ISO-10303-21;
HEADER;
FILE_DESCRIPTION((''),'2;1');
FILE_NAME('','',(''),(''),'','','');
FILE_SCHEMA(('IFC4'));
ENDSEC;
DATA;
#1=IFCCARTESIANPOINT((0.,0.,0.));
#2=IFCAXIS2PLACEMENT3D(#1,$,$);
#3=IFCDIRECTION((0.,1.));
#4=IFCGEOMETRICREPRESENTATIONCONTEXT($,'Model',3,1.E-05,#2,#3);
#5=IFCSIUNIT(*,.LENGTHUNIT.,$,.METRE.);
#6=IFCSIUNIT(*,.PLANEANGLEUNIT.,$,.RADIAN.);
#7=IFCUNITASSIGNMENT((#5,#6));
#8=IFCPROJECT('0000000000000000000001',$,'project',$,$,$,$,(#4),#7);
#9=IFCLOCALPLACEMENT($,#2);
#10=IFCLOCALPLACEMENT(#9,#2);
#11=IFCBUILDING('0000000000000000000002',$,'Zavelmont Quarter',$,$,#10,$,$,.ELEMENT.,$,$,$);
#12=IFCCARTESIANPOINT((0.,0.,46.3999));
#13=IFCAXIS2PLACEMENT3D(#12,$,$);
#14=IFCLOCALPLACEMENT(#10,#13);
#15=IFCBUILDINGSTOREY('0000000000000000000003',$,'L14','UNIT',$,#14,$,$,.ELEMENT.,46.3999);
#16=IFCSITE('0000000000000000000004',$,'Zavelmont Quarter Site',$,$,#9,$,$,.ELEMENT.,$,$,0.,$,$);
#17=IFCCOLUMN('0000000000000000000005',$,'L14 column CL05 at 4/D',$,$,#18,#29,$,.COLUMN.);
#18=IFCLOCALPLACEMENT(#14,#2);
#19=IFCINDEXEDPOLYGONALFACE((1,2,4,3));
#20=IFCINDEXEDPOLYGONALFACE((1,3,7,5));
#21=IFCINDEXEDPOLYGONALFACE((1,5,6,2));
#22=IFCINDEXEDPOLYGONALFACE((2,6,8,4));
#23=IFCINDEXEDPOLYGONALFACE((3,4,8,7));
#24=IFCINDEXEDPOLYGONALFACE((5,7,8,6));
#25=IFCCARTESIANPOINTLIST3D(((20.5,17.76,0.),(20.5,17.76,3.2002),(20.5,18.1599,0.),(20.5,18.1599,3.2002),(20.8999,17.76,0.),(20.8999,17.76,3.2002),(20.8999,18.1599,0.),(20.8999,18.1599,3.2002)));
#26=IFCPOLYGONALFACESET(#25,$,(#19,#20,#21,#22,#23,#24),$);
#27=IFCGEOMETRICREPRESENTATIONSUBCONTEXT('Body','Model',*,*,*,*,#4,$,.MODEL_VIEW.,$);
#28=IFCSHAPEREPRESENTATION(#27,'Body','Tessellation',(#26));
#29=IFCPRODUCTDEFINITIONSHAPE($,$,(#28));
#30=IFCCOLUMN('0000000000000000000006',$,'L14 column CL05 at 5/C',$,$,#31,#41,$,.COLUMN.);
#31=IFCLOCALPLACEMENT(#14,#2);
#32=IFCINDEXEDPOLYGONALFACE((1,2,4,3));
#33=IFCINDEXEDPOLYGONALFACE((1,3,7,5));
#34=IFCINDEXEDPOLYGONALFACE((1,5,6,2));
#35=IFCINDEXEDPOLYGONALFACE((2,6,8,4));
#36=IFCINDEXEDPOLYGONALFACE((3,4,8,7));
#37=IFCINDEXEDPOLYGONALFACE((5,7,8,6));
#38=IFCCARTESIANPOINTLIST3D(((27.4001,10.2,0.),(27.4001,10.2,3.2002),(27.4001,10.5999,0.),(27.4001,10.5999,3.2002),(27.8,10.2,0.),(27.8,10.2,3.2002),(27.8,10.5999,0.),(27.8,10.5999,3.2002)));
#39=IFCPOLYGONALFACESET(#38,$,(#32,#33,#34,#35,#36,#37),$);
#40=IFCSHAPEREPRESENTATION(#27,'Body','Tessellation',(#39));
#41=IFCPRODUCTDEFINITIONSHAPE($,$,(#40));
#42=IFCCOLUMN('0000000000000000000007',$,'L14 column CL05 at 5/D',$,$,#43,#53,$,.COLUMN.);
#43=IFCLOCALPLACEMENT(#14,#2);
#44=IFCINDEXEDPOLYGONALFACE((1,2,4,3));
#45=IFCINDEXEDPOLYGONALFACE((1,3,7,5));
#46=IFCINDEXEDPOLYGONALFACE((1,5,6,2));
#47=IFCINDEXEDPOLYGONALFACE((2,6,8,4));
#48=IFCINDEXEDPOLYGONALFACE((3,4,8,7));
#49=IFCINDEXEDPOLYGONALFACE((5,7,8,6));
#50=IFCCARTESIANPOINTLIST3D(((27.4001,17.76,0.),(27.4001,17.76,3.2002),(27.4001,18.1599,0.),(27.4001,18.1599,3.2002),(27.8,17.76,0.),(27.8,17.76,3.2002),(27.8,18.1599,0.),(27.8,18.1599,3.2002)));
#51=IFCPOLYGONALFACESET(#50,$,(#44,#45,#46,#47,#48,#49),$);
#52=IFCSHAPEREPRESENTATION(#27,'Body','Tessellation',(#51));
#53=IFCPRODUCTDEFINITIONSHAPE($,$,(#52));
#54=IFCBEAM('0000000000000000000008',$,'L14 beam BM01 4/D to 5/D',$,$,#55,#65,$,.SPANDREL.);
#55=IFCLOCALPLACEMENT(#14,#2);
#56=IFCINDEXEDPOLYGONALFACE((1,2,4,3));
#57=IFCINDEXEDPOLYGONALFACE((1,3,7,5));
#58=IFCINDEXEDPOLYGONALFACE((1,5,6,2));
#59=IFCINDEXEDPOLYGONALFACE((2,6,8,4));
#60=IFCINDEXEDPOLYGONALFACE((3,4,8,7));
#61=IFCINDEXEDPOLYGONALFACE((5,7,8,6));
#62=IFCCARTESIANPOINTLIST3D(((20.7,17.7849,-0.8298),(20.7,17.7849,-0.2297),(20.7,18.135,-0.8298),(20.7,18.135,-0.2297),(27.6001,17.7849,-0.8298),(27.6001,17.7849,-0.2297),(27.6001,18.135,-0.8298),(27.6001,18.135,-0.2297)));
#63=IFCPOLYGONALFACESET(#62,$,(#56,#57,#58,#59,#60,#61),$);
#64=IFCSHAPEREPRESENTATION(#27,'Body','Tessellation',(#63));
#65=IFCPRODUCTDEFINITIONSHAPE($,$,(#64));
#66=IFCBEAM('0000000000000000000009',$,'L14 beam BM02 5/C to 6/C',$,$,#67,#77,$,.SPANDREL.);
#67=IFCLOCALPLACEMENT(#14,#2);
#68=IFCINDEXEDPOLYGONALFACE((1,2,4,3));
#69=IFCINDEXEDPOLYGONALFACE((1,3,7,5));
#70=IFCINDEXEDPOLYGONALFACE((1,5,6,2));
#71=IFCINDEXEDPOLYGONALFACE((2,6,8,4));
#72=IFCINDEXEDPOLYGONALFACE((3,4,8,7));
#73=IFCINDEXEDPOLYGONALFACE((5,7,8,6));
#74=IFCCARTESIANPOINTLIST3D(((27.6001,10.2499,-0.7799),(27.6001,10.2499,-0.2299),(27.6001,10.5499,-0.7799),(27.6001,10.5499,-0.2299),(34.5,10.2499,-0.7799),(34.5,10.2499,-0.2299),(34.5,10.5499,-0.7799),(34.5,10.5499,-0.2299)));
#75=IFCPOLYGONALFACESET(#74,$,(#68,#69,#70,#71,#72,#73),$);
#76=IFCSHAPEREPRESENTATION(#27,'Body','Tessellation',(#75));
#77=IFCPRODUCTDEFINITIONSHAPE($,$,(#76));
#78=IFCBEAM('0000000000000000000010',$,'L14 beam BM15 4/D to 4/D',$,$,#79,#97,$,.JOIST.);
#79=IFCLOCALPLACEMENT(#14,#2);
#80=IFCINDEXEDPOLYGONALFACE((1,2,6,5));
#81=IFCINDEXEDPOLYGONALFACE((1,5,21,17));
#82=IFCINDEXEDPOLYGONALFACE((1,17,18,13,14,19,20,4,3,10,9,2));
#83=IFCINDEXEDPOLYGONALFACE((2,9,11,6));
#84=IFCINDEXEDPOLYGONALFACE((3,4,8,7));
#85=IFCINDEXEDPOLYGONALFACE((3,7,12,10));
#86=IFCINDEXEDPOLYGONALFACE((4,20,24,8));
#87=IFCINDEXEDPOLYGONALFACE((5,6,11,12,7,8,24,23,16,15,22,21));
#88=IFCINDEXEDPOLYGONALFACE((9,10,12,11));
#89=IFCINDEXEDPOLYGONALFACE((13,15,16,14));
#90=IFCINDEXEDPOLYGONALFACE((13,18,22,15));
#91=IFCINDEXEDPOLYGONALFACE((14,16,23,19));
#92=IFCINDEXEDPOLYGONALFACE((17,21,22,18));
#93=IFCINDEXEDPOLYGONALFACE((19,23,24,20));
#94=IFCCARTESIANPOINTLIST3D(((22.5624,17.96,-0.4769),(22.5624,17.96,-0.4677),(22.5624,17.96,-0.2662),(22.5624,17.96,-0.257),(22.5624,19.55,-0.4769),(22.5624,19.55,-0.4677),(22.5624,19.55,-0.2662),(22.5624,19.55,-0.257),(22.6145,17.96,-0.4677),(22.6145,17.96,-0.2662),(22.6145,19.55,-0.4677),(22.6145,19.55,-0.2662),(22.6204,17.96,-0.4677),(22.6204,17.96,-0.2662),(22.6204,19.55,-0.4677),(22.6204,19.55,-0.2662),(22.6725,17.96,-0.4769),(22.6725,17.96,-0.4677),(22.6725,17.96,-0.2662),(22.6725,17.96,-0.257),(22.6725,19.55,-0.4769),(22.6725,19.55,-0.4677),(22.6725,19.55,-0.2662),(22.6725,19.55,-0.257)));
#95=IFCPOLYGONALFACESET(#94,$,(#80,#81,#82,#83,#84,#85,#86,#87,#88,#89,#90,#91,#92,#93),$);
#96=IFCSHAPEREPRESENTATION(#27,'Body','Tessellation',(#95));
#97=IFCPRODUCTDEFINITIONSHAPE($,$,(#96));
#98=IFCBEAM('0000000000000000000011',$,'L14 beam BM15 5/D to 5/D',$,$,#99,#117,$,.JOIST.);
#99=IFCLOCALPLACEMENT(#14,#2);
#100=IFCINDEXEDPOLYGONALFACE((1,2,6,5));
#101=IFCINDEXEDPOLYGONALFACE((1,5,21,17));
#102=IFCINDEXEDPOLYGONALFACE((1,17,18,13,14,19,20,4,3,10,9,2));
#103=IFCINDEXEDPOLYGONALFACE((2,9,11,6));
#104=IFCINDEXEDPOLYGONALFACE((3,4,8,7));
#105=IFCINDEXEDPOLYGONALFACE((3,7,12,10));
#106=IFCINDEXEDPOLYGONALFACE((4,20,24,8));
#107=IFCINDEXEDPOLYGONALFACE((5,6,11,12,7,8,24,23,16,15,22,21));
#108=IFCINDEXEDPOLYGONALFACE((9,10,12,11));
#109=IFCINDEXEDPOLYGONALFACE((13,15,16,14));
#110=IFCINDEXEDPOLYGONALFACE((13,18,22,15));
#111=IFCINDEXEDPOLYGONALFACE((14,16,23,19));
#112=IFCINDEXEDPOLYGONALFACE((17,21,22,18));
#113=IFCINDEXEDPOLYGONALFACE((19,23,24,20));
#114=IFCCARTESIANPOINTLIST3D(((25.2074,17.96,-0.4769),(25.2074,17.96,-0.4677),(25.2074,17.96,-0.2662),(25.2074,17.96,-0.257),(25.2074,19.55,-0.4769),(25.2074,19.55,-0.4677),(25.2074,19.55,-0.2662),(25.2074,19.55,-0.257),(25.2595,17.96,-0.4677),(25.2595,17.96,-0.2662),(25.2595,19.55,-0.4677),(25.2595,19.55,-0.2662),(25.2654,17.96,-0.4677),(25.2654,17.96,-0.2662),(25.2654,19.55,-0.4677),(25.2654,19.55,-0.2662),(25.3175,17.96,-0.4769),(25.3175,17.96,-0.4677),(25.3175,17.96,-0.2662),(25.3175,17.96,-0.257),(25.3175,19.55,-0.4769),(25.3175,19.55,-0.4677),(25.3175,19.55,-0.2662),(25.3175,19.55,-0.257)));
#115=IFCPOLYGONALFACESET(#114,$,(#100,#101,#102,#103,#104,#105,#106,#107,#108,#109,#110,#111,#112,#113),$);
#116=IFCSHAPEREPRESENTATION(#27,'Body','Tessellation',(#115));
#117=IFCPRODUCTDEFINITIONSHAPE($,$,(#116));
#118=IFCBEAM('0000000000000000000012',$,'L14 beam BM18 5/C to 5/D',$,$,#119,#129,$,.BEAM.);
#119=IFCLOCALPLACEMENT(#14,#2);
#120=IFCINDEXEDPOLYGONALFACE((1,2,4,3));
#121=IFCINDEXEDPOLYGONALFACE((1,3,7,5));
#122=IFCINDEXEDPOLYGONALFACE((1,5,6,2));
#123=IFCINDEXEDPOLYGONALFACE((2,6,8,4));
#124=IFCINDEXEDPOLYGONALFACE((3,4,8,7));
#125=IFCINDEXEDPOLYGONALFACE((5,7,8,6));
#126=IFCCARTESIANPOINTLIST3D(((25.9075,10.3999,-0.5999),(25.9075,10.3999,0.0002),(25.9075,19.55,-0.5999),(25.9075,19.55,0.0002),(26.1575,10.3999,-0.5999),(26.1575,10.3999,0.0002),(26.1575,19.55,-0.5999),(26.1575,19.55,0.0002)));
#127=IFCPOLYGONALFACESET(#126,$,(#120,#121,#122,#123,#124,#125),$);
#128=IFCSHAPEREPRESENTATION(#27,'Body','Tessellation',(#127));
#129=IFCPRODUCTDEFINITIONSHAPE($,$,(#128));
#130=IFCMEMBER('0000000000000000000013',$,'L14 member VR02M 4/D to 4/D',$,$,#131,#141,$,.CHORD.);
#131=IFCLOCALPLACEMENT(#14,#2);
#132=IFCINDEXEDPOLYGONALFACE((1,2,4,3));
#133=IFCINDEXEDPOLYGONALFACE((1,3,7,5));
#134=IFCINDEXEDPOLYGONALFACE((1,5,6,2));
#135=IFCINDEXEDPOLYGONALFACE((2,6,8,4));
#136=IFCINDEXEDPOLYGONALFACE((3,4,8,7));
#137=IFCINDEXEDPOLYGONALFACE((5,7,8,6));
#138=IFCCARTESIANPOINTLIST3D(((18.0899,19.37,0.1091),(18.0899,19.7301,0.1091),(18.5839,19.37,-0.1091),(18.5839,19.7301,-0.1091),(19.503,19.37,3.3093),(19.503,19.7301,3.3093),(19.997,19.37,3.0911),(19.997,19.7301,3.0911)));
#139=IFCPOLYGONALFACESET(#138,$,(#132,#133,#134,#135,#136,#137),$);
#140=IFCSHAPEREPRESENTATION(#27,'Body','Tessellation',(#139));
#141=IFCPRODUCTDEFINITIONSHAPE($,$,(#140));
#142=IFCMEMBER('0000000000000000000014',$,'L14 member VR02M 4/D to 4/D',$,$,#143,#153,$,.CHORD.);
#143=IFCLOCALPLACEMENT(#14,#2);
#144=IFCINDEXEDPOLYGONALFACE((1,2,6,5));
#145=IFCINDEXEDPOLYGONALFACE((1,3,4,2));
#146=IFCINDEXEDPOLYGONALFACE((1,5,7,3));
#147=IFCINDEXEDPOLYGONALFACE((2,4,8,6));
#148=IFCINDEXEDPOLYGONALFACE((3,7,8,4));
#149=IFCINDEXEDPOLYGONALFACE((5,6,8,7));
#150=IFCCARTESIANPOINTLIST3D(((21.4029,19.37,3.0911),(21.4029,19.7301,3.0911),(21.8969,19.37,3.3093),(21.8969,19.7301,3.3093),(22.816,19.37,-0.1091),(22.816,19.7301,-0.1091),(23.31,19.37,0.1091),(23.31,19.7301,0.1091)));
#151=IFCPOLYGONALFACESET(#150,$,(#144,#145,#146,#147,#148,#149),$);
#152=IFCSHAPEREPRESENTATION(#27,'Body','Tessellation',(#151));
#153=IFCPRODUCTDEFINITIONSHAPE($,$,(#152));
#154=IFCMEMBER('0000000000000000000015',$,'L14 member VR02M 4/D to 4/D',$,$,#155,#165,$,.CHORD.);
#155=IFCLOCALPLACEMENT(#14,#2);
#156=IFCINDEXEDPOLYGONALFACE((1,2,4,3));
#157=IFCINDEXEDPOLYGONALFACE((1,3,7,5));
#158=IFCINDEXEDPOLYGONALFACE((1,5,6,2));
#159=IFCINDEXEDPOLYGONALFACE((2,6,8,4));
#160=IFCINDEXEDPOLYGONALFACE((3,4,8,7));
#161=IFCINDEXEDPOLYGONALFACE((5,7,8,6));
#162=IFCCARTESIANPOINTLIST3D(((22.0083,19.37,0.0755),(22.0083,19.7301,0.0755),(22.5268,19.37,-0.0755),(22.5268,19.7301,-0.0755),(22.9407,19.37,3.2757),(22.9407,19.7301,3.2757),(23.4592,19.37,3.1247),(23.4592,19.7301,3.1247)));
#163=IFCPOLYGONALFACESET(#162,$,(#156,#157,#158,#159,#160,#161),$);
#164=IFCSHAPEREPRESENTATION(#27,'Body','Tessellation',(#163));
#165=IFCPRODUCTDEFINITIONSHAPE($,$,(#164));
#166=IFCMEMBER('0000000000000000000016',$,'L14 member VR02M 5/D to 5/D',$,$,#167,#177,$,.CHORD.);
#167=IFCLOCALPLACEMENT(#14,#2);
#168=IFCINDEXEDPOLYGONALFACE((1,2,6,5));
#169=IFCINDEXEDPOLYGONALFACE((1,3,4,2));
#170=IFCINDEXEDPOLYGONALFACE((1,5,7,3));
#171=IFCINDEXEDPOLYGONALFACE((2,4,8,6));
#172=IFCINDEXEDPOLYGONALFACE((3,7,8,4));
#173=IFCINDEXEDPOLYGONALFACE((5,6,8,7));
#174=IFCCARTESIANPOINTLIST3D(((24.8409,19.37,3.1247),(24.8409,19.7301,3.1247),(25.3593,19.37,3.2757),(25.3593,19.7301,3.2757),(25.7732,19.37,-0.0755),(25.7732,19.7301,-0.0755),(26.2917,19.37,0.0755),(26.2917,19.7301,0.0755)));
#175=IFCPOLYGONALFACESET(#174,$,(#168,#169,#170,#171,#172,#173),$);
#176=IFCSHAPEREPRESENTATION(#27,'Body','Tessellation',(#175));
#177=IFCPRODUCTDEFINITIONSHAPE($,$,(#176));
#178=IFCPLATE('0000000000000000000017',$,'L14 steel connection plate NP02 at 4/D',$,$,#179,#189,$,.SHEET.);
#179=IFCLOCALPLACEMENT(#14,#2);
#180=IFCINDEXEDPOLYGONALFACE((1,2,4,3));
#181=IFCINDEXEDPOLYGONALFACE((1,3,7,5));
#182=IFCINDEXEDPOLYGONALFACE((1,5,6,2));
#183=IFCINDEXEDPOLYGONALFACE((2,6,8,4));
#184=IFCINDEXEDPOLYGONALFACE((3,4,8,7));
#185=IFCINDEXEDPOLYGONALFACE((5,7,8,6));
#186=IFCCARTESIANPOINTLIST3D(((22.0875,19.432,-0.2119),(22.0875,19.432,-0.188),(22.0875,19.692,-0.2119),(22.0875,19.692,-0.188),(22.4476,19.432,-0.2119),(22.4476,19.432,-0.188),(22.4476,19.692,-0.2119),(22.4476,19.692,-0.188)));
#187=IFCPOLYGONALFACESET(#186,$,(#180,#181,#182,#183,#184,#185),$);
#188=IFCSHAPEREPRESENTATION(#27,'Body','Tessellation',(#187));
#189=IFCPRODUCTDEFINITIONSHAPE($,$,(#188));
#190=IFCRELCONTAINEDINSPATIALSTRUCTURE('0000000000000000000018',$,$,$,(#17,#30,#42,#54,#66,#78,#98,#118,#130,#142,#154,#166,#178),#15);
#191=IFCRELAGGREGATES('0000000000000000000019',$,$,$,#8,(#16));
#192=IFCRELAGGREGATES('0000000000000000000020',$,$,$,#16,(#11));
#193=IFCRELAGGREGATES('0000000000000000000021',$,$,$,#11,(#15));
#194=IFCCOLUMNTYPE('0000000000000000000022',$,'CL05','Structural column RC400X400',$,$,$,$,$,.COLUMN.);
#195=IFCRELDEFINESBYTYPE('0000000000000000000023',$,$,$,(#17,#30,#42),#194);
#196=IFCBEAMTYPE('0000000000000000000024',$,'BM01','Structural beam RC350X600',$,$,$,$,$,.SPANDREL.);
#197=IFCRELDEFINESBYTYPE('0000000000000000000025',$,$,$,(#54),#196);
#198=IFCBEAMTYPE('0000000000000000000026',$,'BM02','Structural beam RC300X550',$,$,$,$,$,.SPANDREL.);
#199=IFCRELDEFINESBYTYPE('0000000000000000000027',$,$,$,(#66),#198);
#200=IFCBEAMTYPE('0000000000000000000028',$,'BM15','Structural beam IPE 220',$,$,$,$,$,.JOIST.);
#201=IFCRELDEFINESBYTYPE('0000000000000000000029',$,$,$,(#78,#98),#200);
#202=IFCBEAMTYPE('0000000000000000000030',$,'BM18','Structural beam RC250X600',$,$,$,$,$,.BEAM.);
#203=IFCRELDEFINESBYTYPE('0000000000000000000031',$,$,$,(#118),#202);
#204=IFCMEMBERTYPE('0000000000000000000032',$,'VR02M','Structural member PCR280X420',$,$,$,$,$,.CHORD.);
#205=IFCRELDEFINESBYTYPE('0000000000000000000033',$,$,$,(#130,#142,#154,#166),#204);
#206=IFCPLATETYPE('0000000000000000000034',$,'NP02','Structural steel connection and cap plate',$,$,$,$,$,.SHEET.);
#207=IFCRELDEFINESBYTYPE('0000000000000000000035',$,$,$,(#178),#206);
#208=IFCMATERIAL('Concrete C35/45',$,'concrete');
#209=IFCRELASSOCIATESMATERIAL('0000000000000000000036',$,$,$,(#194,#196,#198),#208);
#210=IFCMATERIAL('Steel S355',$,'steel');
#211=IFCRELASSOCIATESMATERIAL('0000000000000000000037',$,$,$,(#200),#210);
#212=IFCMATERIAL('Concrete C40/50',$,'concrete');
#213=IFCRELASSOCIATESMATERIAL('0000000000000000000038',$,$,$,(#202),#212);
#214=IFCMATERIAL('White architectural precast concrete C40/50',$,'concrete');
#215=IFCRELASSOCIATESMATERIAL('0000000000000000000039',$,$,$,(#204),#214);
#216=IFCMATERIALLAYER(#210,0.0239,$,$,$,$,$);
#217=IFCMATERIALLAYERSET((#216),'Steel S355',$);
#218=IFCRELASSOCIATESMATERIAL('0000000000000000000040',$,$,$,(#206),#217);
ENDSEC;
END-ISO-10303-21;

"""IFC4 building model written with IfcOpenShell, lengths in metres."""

from ifc_helpers import new_model, si_unit, direction, frame, origin, origin_2d, place, context, subcontext, project, spatial, rectangle, i_section, extrude, material, layer, layer_set, material_profile, profile_set, type_object, element, save


model = new_model("IFC4")

# Units and contexts
model_context = context("Model", 3, precision=1e-05, world=origin(), true_north=direction((0.0, 1.0)))
body_context = subcontext(model_context, "Body", "Model", "MODEL_VIEW")
ifc_project = project(units=[si_unit("LENGTHUNIT", "METRE"), si_unit("PLANEANGLEUNIT", "RADIAN")], contexts=[model_context])

# Site, building, storey
site_placement = place(None, origin())
site = spatial("IfcSite", under=ifc_project, at=site_placement, Name="Zavelmont Quarter Site", CompositionType="ELEMENT", RefElevation=0.0)
building_placement = place(site_placement, origin())
building = spatial("IfcBuilding", under=site, at=building_placement, Name="Zavelmont Quarter", CompositionType="ELEMENT")
storey_placement = place(building_placement, frame((0.0, 0.0, 46.3999)))
storey = spatial("IfcBuildingStorey", under=building, at=storey_placement, Name="L14", Description="UNIT", CompositionType="ELEMENT", Elevation=46.3999)

# Columns
ifc_material_1 = material(Name="Concrete C35/45", Category="concrete")
ifc_material_profile_1 = material_profile(ifc_material_1, rectangle(XDim=0.3999, YDim=0.3999, at=origin_2d()), Name="RC400X400")
ifc_profile_set_1 = profile_set([ifc_material_profile_1], Name="Concrete C35/45")
column_type = type_object("IfcColumnType", Name="CL05", Description="Structural column RC400X400", PredefinedType="COLUMN", material=ifc_profile_set_1)
for number, where, z_axis, x_axis, name in (
    (1, (20.7, 17.96, 0.0), (0.0, 0.0, 1.0), (1.0, 0.0, 0.0), "L14 column CL05 at 4/D"),
    (2, (27.6001, 10.3999, 0.0), (0.0, 0.0, 1.0), (1.0, 0.0, 0.0), "L14 column CL05 at 5/C"),
    (3, (27.6001, 17.96, 0.0), (0.0, 0.0, 1.0), (1.0, 0.0, 0.0), "L14 column CL05 at 5/D"),
):
    element("IfcColumn", number, at=place(storey_placement, frame(where, z_axis=z_axis, x_axis=x_axis)), inside=storey, type_object=column_type, Name=name, PredefinedType="COLUMN", context=body_context, shape_type="SweptSolid", body=[
        extrude(rectangle(XDim=0.3999, YDim=0.3999, at=origin_2d()), origin(), (0.0, 0.0, 1.0), 3.2002),
    ])

# Beams
ifc_material_profile_2 = material_profile(ifc_material_1, rectangle(XDim=0.3501, YDim=0.6001, at=origin_2d()), Name="RC350X600")
ifc_profile_set_2 = profile_set([ifc_material_profile_2], Name="Concrete C35/45")
beam_type_1 = type_object("IfcBeamType", Name="BM01", Description="Structural beam RC350X600", PredefinedType="SPANDREL", material=ifc_profile_set_2)
beam_1_placement = place(storey_placement, frame((20.7, 17.96, -0.5298), z_axis=(1.0, 0.0, 0.0), x_axis=(0.0, 1.0, 0.0)))
element("IfcBeam", 4, at=beam_1_placement, inside=storey, type_object=beam_type_1, Name="L14 beam BM01 4/D to 5/D", PredefinedType="SPANDREL", context=body_context, shape_type="SweptSolid", body=[
    extrude(rectangle(XDim=0.3501, YDim=0.6001, at=origin_2d()), origin(), (0.0, 0.0, 1.0), 6.9001),
])
ifc_material_profile_3 = material_profile(ifc_material_1, rectangle(XDim=0.3, YDim=0.55, at=origin_2d()), Name="RC300X550")
ifc_profile_set_3 = profile_set([ifc_material_profile_3], Name="Concrete C35/45")
beam_type_2 = type_object("IfcBeamType", Name="BM02", Description="Structural beam RC300X550", PredefinedType="SPANDREL", material=ifc_profile_set_3)
beam_2_placement = place(storey_placement, frame((27.6001, 10.3999, -0.5049), z_axis=(1.0, 0.0, 0.0), x_axis=(0.0, 1.0, 0.0)))
element("IfcBeam", 5, at=beam_2_placement, inside=storey, type_object=beam_type_2, Name="L14 beam BM02 5/C to 6/C", PredefinedType="SPANDREL", context=body_context, shape_type="SweptSolid", body=[
    extrude(rectangle(XDim=0.3, YDim=0.55, at=origin_2d()), origin(), (0.0, 0.0, 1.0), 6.8999),
])
ifc_material_2 = material(Name="Steel S355", Category="steel")
ifc_material_profile_4 = material_profile(ifc_material_2, i_section(OverallWidth=0.1101, OverallDepth=0.22, WebThickness=0.0059, FlangeThickness=0.0093, at=origin_2d()), Name="IPE 220")
ifc_profile_set_4 = profile_set([ifc_material_profile_4], Name="Steel S355")
beam_type_3 = type_object("IfcBeamType", Name="BM15", Description="Structural beam IPE 220", PredefinedType="JOIST", material=ifc_profile_set_4)
for number, where, z_axis, x_axis, name in (
    (6, (22.6174, 17.96, -0.3669), (0.0, 1.0, 0.0), (-1.0, 0.0, 0.0), "L14 beam BM15 4/D to 4/D"),
    (7, (25.2625, 17.96, -0.3669), (0.0, 1.0, 0.0), (-1.0, 0.0, 0.0), "L14 beam BM15 5/D to 5/D"),
):
    element("IfcBeam", number, at=place(storey_placement, frame(where, z_axis=z_axis, x_axis=x_axis)), inside=storey, type_object=beam_type_3, Name=name, PredefinedType="JOIST", context=body_context, shape_type="SweptSolid", body=[
        extrude(i_section(OverallWidth=0.1101, OverallDepth=0.22, WebThickness=0.0059, FlangeThickness=0.0093, at=origin_2d()), origin(), (0.0, 0.0, 1.0), 1.5901),
    ])
ifc_material_3 = material(Name="Concrete C40/50", Category="concrete")
ifc_material_profile_5 = material_profile(ifc_material_3, rectangle(XDim=0.25, YDim=0.6001, at=origin_2d()), Name="RC250X600")
ifc_profile_set_5 = profile_set([ifc_material_profile_5], Name="Concrete C40/50")
beam_type_4 = type_object("IfcBeamType", Name="BM18", Description="Structural beam RC250X600", PredefinedType="BEAM", material=ifc_profile_set_5)
beam_3_placement = place(storey_placement, frame((26.0325, 10.3999, -0.2998), z_axis=(0.0, 1.0, 0.0), x_axis=(-1.0, 0.0, 0.0)))
element("IfcBeam", 8, at=beam_3_placement, inside=storey, type_object=beam_type_4, Name="L14 beam BM18 5/C to 5/D", PredefinedType="BEAM", context=body_context, shape_type="SweptSolid", body=[
    extrude(rectangle(XDim=0.25, YDim=0.6001, at=origin_2d()), origin(), (0.0, 0.0, 1.0), 9.1501),
])

# Members
ifc_material_4 = material(Name="White architectural precast concrete C40/50", Category="concrete")
ifc_material_profile_6 = material_profile(ifc_material_4, rectangle(XDim=0.3601, YDim=0.54, at=origin_2d()), Name="PCR280X420")
ifc_profile_set_6 = profile_set([ifc_material_profile_6], Name="White architectural precast concrete C40/50")
member_type = type_object("IfcMemberType", Name="VR02M", Description="Structural member PCR280X420", PredefinedType="CHORD", material=ifc_profile_set_6)
for number, where, z_axis, x_axis, name in (
    (9, (18.3369, 19.55, 0.0), (0.403936, 0.0, 0.914787), (0.0, 1.0, 0.0), "L14 member VR02M 4/D to 4/D"),
    (10, (23.063, 19.55, 0.0), (-0.403936, 0.0, 0.914787), (0.0, -1.0, 0.0), "L14 member VR02M 4/D to 4/D"),
):
    element("IfcMember", number, at=place(storey_placement, frame(where, z_axis=z_axis, x_axis=x_axis)), inside=storey, type_object=member_type, Name=name, PredefinedType="CHORD", context=body_context, shape_type="SweptSolid", body=[
        extrude(rectangle(XDim=0.3601, YDim=0.54, at=origin_2d()), origin(), (0.0, 0.0, 1.0), 3.4983),
    ])
for number, where, z_axis, x_axis, name in (
    (11, (22.2676, 19.55, 0.0), (0.279719, 0.0, 0.960082), (0.0, 1.0, 0.0), "L14 member VR02M 4/D to 4/D"),
    (12, (26.0325, 19.55, 0.0), (-0.279719, 0.0, 0.960082), (0.0, -1.0, 0.0), "L14 member VR02M 5/D to 5/D"),
):
    element("IfcMember", number, at=place(storey_placement, frame(where, z_axis=z_axis, x_axis=x_axis)), inside=storey, type_object=member_type, Name=name, PredefinedType="CHORD", context=body_context, shape_type="SweptSolid", body=[
        extrude(rectangle(XDim=0.3601, YDim=0.54, at=origin_2d()), origin(), (0.0, 0.0, 1.0), 3.3333),
    ])

# Plate
ifc_layer_1 = layer(ifc_material_2, 0.0239)
ifc_layer_set_1 = layer_set([ifc_layer_1], Name="Steel S355")
plate_type_1 = type_object("IfcPlateType", Name="NP02", Description="Structural steel connection and cap plate", PredefinedType="SHEET", material=ifc_layer_set_1)
for number, where, z_axis, x_axis, name in (
    (13, (22.2676, 19.562, -0.2119), (0.0, 0.0, 1.0), (1.0, 0.0, 0.0), "L14 steel connection plate NP02 at 4/D"),
):
    element("IfcPlate", number, at=place(storey_placement, frame(where, z_axis=z_axis, x_axis=x_axis)), inside=storey, type_object=plate_type_1, Name=name, PredefinedType="SHEET", context=body_context, shape_type="SweptSolid", body=[
        extrude(rectangle(XDim=0.3601, YDim=0.26, at=origin_2d()), origin(), (0.0, 0.0, 1.0), 0.0239),
    ])

save(model, "model.ifc")
